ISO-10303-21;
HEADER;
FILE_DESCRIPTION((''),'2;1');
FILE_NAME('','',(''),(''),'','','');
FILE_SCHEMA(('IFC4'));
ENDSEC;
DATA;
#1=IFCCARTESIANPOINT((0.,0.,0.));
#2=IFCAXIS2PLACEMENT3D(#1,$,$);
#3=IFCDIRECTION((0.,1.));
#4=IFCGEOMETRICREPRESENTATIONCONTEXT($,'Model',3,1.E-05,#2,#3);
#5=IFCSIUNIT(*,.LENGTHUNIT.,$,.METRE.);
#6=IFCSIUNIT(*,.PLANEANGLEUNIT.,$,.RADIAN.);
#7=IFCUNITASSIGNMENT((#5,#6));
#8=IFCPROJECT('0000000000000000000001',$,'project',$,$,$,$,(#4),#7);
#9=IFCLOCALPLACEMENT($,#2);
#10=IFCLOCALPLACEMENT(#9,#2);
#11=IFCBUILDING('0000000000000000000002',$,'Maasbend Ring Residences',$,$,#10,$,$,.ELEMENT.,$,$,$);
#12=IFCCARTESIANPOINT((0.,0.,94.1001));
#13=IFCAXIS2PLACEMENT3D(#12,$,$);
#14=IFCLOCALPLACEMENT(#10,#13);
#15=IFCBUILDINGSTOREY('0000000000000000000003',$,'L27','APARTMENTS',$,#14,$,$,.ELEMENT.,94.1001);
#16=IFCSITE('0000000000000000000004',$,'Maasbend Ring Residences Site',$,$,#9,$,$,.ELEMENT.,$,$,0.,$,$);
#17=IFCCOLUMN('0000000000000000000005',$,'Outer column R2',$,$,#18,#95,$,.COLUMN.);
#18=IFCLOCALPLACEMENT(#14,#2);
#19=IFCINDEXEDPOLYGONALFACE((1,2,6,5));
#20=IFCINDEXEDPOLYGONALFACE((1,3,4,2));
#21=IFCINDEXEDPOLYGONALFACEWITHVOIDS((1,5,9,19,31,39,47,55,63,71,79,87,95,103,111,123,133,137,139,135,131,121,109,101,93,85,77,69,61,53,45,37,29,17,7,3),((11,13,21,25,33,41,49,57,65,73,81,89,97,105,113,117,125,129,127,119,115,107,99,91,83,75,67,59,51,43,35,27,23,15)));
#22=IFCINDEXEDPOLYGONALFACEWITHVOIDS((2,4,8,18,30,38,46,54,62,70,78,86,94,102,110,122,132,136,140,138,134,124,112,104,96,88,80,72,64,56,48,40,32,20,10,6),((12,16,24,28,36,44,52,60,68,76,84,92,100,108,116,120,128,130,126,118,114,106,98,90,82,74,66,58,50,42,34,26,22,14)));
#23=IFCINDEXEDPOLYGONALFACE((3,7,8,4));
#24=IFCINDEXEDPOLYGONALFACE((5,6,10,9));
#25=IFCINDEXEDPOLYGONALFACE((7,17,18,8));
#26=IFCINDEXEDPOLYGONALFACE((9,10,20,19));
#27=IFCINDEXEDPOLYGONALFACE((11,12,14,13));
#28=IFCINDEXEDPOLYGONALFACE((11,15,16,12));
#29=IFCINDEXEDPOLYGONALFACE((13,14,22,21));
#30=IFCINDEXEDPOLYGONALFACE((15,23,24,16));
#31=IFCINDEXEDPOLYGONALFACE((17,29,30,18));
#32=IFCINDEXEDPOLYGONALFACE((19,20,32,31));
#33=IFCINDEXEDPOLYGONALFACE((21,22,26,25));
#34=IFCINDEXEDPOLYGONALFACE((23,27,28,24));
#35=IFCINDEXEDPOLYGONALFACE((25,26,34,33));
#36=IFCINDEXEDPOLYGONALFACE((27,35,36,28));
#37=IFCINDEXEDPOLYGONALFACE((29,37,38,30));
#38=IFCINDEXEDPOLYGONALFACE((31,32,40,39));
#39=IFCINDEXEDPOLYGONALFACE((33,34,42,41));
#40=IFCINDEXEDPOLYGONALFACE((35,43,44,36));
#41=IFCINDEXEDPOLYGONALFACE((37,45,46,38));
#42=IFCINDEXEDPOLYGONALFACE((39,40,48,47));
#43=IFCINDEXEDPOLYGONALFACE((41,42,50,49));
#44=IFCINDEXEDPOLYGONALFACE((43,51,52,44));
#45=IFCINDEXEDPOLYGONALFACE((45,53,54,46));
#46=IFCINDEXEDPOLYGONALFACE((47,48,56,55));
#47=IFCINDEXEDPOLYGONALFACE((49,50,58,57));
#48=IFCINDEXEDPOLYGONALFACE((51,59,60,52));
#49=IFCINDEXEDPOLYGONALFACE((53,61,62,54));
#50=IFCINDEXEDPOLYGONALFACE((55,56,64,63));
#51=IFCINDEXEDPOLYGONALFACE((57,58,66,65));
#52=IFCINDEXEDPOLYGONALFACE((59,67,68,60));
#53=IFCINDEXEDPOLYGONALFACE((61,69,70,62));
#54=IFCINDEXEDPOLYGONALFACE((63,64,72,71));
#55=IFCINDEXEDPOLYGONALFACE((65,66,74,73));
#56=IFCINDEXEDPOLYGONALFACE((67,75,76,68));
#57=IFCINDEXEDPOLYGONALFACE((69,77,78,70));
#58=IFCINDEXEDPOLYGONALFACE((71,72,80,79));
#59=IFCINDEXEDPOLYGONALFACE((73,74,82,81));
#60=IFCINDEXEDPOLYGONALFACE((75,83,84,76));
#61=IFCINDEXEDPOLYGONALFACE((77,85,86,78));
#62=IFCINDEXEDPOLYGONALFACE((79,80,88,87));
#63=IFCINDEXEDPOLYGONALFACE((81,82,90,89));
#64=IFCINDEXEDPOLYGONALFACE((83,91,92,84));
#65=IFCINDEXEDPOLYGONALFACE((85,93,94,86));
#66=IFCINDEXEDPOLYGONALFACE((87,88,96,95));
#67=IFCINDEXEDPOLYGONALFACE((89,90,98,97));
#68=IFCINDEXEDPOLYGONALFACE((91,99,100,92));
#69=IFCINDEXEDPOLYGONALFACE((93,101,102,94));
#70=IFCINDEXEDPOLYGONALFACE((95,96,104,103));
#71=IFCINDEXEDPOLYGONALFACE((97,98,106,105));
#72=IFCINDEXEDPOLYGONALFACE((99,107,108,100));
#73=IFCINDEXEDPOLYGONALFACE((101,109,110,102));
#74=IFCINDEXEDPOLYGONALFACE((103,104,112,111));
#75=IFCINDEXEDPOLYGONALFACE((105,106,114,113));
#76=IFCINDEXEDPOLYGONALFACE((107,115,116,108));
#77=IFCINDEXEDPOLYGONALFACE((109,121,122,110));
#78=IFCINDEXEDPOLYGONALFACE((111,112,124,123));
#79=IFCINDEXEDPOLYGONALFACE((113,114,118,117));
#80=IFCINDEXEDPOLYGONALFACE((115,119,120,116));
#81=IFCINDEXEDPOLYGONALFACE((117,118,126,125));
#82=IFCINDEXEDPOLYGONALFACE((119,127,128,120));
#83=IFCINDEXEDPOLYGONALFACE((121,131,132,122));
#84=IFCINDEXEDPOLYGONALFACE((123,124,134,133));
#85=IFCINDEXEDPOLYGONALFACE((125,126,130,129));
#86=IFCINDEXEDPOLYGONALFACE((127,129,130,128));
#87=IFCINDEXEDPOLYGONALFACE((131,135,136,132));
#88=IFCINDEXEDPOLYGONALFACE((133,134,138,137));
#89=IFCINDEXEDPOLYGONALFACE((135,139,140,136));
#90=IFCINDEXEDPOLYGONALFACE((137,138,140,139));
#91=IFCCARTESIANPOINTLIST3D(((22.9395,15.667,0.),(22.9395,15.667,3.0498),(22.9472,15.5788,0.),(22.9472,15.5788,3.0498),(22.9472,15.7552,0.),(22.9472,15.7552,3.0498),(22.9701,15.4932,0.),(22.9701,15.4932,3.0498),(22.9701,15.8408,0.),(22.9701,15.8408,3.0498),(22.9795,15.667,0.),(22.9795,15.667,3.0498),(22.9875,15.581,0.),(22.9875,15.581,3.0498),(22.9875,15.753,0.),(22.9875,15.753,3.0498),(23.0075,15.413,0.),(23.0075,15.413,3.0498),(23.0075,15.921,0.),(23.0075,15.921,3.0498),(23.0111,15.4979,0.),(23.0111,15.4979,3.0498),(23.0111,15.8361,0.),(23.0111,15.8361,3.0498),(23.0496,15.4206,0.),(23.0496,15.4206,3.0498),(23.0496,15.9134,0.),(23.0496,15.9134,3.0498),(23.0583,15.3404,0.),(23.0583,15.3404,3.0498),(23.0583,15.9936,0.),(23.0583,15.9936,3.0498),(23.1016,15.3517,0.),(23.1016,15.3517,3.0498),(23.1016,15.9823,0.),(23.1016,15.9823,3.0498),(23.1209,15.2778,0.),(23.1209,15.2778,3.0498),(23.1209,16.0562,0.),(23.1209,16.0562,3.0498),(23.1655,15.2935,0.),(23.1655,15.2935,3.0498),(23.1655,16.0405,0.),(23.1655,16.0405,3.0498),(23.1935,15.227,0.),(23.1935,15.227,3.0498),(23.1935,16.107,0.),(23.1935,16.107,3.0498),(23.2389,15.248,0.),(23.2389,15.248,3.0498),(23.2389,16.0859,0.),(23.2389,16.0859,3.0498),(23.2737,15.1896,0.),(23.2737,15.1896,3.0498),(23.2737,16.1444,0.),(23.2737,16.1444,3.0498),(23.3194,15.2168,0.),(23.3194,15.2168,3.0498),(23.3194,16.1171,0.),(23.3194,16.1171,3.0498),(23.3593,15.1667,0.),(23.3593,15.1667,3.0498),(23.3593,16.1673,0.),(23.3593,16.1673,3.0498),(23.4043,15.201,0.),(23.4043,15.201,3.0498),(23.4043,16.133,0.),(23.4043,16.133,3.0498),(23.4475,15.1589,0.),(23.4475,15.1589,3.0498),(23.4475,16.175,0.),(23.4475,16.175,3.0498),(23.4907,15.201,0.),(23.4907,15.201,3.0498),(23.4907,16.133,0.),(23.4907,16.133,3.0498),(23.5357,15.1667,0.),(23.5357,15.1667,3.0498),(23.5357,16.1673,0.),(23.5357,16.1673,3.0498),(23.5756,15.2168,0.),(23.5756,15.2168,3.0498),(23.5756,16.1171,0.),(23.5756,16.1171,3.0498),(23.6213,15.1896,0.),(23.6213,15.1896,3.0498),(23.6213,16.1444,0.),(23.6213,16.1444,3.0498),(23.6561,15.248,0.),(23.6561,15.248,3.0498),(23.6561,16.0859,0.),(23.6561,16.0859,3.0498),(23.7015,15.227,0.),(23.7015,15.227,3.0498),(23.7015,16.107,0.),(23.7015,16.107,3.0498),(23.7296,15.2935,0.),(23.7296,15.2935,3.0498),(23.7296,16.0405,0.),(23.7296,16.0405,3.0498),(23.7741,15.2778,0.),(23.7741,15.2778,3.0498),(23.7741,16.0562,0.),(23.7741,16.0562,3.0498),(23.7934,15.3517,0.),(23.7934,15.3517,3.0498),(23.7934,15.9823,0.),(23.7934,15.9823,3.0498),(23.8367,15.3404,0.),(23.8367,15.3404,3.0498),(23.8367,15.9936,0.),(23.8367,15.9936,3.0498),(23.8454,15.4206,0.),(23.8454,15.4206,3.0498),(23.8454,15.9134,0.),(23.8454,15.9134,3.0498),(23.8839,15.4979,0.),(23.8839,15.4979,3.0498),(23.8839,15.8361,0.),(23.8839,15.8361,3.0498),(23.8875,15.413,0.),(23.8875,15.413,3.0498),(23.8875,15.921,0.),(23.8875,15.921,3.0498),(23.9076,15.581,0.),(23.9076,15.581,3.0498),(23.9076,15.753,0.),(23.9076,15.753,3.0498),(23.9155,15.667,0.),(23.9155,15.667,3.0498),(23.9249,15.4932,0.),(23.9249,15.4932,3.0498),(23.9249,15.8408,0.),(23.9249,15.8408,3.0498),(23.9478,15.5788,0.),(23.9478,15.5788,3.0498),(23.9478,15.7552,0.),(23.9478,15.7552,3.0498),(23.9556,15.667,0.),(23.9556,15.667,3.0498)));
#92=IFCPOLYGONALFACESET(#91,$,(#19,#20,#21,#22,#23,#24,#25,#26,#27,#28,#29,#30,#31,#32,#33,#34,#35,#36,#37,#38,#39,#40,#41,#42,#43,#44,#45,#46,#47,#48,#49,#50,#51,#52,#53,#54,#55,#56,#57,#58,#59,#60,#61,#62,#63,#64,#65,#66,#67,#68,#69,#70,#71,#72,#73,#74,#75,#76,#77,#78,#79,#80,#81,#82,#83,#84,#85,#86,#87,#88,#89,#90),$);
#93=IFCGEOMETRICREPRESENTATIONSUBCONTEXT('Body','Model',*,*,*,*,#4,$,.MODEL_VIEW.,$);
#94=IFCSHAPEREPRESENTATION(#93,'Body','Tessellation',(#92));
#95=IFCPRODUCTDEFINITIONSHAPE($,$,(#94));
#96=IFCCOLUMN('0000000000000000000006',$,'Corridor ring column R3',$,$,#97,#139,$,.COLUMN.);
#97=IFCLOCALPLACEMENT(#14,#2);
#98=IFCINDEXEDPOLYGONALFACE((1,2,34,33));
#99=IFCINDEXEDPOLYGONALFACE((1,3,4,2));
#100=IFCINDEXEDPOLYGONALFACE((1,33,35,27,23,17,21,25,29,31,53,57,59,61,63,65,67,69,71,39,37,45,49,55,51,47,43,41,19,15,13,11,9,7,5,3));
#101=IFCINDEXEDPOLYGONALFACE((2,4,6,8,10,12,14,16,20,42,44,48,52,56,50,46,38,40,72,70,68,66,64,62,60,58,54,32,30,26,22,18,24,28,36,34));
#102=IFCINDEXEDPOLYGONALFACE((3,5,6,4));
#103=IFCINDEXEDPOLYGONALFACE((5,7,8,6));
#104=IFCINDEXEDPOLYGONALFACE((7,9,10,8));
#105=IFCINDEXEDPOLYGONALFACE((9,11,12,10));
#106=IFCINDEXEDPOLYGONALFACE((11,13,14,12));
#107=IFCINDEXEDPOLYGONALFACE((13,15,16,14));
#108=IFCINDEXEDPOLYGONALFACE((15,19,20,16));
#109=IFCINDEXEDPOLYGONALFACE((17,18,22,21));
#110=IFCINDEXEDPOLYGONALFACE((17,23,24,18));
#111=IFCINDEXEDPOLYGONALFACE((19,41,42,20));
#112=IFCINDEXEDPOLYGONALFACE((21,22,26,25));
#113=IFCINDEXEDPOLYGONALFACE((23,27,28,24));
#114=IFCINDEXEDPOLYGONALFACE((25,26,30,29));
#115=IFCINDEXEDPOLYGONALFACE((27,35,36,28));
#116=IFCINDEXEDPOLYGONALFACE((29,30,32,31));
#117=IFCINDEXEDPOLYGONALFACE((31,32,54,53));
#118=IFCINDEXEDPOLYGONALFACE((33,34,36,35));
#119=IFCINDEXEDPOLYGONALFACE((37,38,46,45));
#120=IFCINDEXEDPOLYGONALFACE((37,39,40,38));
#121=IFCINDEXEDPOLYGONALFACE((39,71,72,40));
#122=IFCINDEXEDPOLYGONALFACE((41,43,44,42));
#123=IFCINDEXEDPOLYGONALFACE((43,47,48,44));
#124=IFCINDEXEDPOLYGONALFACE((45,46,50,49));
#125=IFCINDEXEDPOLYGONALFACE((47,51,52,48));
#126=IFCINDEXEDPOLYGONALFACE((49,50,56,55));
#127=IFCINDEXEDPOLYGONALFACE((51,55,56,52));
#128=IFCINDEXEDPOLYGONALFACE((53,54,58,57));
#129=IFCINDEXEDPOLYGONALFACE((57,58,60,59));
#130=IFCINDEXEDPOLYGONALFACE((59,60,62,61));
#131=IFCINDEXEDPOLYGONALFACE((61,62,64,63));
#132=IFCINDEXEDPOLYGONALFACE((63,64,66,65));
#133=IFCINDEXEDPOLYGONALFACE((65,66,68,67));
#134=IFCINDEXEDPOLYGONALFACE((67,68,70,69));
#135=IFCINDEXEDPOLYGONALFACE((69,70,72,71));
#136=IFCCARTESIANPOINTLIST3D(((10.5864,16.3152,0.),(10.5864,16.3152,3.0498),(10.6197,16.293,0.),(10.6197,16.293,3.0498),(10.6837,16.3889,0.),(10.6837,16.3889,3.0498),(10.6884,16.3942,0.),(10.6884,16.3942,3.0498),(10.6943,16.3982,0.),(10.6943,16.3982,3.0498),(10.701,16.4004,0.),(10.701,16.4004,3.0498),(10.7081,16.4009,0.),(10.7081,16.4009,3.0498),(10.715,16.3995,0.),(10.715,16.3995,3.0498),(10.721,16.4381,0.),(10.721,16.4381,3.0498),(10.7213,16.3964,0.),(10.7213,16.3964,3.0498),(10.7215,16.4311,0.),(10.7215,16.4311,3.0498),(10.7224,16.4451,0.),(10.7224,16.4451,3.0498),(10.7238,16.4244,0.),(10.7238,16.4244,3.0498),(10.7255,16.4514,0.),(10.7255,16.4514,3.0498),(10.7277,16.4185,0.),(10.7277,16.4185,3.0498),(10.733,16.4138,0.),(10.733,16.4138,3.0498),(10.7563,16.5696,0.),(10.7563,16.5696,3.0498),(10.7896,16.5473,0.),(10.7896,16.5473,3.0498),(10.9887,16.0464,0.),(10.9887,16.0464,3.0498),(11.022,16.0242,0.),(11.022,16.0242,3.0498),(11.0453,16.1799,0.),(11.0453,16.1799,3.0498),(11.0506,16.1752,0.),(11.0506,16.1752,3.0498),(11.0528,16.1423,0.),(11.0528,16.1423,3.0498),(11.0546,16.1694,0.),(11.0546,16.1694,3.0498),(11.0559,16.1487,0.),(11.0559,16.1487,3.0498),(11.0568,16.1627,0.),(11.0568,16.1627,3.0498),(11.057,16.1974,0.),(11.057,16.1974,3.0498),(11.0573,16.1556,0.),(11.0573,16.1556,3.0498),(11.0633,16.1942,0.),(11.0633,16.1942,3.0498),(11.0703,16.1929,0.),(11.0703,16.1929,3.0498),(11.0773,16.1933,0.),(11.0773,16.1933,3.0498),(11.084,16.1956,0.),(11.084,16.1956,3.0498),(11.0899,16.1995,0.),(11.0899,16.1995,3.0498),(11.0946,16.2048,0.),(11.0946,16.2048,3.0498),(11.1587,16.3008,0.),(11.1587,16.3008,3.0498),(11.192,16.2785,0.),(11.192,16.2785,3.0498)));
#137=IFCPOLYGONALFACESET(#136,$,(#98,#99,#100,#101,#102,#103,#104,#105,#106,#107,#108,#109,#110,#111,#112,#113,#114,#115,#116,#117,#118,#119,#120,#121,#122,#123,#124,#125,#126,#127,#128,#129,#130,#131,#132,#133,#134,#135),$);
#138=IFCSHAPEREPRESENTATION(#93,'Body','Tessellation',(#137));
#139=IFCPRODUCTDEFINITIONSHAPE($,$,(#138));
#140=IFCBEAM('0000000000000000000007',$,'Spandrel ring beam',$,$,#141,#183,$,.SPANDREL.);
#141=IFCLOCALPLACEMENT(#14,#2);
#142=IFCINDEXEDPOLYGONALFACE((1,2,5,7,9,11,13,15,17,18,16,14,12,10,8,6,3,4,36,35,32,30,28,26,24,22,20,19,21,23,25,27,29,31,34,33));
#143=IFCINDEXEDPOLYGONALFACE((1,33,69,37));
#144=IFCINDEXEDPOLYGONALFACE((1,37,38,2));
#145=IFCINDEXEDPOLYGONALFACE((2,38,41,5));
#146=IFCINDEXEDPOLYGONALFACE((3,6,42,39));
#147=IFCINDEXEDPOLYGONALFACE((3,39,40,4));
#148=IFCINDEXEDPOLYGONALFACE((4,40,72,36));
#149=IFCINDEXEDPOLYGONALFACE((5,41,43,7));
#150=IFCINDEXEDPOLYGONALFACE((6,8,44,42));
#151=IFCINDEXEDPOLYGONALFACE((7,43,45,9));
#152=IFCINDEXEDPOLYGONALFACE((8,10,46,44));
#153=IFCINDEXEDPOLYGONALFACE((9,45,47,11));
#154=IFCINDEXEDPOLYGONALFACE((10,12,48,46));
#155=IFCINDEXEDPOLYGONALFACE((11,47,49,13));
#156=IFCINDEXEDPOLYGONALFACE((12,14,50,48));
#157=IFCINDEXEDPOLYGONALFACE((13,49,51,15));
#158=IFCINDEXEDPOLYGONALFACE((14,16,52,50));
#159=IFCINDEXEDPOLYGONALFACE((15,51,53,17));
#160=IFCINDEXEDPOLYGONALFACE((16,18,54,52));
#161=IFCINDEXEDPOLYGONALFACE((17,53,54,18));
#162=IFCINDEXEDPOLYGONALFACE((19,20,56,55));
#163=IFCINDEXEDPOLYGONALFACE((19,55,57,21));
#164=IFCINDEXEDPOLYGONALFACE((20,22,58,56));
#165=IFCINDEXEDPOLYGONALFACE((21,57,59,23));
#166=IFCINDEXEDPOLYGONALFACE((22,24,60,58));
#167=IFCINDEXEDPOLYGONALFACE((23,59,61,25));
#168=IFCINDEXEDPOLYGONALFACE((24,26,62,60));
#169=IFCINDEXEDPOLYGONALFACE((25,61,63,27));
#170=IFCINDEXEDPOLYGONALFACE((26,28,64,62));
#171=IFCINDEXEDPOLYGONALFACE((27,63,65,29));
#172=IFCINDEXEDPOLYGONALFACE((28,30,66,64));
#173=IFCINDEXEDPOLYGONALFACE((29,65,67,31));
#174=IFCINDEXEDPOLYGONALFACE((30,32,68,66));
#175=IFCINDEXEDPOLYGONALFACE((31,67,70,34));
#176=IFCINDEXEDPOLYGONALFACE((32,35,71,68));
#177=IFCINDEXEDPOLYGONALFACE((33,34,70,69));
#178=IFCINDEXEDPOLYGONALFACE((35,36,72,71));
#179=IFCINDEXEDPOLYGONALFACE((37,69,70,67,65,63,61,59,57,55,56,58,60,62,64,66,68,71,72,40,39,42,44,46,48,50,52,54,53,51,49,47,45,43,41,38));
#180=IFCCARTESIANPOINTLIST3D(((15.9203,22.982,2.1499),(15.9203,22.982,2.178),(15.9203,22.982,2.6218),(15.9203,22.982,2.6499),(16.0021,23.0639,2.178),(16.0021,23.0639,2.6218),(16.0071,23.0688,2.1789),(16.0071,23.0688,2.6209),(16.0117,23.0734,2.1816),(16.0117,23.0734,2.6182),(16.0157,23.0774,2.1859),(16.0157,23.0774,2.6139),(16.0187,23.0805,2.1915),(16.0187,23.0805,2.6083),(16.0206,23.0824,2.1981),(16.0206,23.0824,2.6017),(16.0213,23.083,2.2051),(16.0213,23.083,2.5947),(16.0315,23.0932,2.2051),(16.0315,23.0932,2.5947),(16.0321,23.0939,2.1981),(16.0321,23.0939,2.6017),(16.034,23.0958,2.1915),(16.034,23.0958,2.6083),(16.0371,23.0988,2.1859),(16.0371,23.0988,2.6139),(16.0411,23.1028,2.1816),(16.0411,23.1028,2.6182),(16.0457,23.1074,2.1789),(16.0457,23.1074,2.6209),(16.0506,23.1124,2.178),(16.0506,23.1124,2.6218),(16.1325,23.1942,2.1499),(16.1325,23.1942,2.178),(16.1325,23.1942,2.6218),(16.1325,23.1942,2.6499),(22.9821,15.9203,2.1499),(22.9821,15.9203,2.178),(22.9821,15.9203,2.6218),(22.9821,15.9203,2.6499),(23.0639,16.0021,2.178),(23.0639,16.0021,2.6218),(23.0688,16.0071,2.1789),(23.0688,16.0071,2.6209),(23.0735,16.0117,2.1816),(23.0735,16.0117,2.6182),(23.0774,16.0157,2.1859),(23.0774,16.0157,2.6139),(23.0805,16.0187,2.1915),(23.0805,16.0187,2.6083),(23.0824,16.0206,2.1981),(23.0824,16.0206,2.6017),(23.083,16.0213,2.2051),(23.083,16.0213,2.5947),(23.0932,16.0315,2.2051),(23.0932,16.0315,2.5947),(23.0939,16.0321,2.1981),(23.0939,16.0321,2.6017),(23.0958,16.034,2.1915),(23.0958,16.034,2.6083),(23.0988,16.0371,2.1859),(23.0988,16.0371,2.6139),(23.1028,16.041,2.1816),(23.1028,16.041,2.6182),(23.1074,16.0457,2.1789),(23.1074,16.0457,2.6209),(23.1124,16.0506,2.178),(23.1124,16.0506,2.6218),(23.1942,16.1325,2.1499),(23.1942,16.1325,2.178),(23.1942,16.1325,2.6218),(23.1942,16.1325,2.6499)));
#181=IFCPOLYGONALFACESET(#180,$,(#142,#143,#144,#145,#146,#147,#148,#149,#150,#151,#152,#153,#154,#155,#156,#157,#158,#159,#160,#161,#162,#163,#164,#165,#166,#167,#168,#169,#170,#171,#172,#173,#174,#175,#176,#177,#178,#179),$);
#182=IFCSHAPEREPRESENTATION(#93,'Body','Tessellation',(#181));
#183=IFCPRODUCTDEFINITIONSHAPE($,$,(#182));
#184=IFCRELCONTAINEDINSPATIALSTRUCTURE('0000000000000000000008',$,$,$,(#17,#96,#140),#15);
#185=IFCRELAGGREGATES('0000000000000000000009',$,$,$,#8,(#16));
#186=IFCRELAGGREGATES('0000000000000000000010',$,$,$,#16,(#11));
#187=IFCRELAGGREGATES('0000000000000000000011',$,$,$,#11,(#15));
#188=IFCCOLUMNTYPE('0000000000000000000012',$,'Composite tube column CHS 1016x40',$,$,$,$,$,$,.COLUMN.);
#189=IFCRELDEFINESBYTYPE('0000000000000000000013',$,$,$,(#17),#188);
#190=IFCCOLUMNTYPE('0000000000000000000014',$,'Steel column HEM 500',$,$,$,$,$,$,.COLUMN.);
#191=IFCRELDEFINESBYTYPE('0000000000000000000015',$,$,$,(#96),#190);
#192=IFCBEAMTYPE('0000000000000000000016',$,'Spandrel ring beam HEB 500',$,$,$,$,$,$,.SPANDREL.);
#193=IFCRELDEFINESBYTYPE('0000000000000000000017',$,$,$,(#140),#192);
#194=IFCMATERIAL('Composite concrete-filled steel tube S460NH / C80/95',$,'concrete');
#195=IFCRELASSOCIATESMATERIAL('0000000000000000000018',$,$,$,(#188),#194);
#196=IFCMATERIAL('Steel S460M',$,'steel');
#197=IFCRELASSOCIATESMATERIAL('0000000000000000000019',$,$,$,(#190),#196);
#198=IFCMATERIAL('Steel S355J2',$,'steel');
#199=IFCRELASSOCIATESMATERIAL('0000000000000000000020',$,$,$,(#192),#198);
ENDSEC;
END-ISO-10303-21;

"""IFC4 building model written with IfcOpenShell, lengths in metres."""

from ifc_helpers import new_model, si_unit, direction, frame, origin, origin_2d, place, context, subcontext, project, spatial, hollow_circle, i_section, extrude, material, material_profile, profile_set, type_object, element, save


model = new_model("IFC4")

# Units and contexts
model_context = context("Model", 3, precision=1e-05, world=origin(), true_north=direction((0.0, 1.0)))
body_context = subcontext(model_context, "Body", "Model", "MODEL_VIEW")
ifc_project = project(units=[si_unit("LENGTHUNIT", "METRE"), si_unit("PLANEANGLEUNIT", "RADIAN")], contexts=[model_context])

# Site, building, storey
site_placement = place(None, origin())
site = spatial("IfcSite", under=ifc_project, at=site_placement, Name="Maasbend Ring Residences Site", CompositionType="ELEMENT", RefElevation=0.0)
building_placement = place(site_placement, origin())
building = spatial("IfcBuilding", under=site, at=building_placement, Name="Maasbend Ring Residences", CompositionType="ELEMENT")
storey_placement = place(building_placement, frame((0.0, 0.0, 94.1001)))
storey = spatial("IfcBuildingStorey", under=building, at=storey_placement, Name="L27", Description="APARTMENTS", CompositionType="ELEMENT", Elevation=94.1001)

# Columns
ifc_material_1 = material(Name="Composite concrete-filled steel tube S460NH / C80/95", Category="concrete")
ifc_material_profile_1 = material_profile(ifc_material_1, hollow_circle(Radius=0.5081, WallThickness=0.04, at=origin_2d()), Name="Composite tube column CHS 1016x40")
ifc_profile_set_1 = profile_set([ifc_material_profile_1], Name="Composite concrete-filled steel tube S460NH / C80/95")
column_type_1 = type_object("IfcColumnType", Name="Composite tube column CHS 1016x40", PredefinedType="COLUMN", material=ifc_profile_set_1)
column_1_placement = place(storey_placement, frame((23.4475, 15.667, 0.0), z_axis=(0.0, 0.0, 1.0), x_axis=(1.0, 0.0, 0.0)))
element("IfcColumn", 1, at=column_1_placement, inside=storey, type_object=column_type_1, Name="Outer column R2", PredefinedType="COLUMN", context=body_context, shape_type="SweptSolid", body=[
    extrude(hollow_circle(Radius=0.5081, WallThickness=0.04, at=origin_2d()), origin(), (0.0, 0.0, 1.0), 3.0498),
])
ifc_material_2 = material(Name="Steel S460M", Category="steel")
ifc_material_profile_2 = material_profile(ifc_material_2, i_section(OverallWidth=0.3059, OverallDepth=0.5239, WebThickness=0.021, FlangeThickness=0.04, FilletRadius=0.0271, at=origin_2d()), Name="HEM 500")
ifc_profile_set_2 = profile_set([ifc_material_profile_2], Name="Steel S460M")
column_type_2 = type_object("IfcColumnType", Name="Steel column HEM 500", PredefinedType="COLUMN", material=ifc_profile_set_2)
column_2_placement = place(storey_placement, frame((10.8892, 16.2969, 0.0), z_axis=(0.0, 0.0, 1.0), x_axis=(0.55557, 0.83147, 0.0)))
element("IfcColumn", 2, at=column_2_placement, inside=storey, type_object=column_type_2, Name="Corridor ring column R3", PredefinedType="COLUMN", context=body_context, shape_type="SweptSolid", body=[
    extrude(i_section(OverallWidth=0.3059, OverallDepth=0.5239, WebThickness=0.021, FlangeThickness=0.04, FilletRadius=0.0271, at=origin_2d()), origin(), (0.0, 0.0, 1.0), 3.0498),
])

# Beam
ifc_material_3 = material(Name="Steel S355J2", Category="steel")
ifc_material_profile_3 = material_profile(ifc_material_3, i_section(OverallWidth=0.3, OverallDepth=0.5, WebThickness=0.0144, FlangeThickness=0.0281, FilletRadius=0.0271, at=origin_2d()), Name="HEB 500")
ifc_profile_set_3 = profile_set([ifc_material_profile_3], Name="Steel S355J2")
beam_type = type_object("IfcBeamType", Name="Spandrel ring beam HEB 500", PredefinedType="SPANDREL", material=ifc_profile_set_3)
beam_placement = place(storey_placement, frame((23.0881, 16.0264, 2.3999), z_axis=(-0.707107, 0.707107, 0.0), x_axis=(-0.707107, -0.707107, 0.0)))
element("IfcBeam", 3, at=beam_placement, inside=storey, type_object=beam_type, Name="Spandrel ring beam", PredefinedType="SPANDREL", context=body_context, shape_type="SweptSolid", body=[
    extrude(i_section(OverallWidth=0.3, OverallDepth=0.5, WebThickness=0.0144, FlangeThickness=0.0281, FilletRadius=0.0271, at=origin_2d()), origin(), (0.0, 0.0, 1.0), 9.9868),
])

save(model, "model.ifc")
